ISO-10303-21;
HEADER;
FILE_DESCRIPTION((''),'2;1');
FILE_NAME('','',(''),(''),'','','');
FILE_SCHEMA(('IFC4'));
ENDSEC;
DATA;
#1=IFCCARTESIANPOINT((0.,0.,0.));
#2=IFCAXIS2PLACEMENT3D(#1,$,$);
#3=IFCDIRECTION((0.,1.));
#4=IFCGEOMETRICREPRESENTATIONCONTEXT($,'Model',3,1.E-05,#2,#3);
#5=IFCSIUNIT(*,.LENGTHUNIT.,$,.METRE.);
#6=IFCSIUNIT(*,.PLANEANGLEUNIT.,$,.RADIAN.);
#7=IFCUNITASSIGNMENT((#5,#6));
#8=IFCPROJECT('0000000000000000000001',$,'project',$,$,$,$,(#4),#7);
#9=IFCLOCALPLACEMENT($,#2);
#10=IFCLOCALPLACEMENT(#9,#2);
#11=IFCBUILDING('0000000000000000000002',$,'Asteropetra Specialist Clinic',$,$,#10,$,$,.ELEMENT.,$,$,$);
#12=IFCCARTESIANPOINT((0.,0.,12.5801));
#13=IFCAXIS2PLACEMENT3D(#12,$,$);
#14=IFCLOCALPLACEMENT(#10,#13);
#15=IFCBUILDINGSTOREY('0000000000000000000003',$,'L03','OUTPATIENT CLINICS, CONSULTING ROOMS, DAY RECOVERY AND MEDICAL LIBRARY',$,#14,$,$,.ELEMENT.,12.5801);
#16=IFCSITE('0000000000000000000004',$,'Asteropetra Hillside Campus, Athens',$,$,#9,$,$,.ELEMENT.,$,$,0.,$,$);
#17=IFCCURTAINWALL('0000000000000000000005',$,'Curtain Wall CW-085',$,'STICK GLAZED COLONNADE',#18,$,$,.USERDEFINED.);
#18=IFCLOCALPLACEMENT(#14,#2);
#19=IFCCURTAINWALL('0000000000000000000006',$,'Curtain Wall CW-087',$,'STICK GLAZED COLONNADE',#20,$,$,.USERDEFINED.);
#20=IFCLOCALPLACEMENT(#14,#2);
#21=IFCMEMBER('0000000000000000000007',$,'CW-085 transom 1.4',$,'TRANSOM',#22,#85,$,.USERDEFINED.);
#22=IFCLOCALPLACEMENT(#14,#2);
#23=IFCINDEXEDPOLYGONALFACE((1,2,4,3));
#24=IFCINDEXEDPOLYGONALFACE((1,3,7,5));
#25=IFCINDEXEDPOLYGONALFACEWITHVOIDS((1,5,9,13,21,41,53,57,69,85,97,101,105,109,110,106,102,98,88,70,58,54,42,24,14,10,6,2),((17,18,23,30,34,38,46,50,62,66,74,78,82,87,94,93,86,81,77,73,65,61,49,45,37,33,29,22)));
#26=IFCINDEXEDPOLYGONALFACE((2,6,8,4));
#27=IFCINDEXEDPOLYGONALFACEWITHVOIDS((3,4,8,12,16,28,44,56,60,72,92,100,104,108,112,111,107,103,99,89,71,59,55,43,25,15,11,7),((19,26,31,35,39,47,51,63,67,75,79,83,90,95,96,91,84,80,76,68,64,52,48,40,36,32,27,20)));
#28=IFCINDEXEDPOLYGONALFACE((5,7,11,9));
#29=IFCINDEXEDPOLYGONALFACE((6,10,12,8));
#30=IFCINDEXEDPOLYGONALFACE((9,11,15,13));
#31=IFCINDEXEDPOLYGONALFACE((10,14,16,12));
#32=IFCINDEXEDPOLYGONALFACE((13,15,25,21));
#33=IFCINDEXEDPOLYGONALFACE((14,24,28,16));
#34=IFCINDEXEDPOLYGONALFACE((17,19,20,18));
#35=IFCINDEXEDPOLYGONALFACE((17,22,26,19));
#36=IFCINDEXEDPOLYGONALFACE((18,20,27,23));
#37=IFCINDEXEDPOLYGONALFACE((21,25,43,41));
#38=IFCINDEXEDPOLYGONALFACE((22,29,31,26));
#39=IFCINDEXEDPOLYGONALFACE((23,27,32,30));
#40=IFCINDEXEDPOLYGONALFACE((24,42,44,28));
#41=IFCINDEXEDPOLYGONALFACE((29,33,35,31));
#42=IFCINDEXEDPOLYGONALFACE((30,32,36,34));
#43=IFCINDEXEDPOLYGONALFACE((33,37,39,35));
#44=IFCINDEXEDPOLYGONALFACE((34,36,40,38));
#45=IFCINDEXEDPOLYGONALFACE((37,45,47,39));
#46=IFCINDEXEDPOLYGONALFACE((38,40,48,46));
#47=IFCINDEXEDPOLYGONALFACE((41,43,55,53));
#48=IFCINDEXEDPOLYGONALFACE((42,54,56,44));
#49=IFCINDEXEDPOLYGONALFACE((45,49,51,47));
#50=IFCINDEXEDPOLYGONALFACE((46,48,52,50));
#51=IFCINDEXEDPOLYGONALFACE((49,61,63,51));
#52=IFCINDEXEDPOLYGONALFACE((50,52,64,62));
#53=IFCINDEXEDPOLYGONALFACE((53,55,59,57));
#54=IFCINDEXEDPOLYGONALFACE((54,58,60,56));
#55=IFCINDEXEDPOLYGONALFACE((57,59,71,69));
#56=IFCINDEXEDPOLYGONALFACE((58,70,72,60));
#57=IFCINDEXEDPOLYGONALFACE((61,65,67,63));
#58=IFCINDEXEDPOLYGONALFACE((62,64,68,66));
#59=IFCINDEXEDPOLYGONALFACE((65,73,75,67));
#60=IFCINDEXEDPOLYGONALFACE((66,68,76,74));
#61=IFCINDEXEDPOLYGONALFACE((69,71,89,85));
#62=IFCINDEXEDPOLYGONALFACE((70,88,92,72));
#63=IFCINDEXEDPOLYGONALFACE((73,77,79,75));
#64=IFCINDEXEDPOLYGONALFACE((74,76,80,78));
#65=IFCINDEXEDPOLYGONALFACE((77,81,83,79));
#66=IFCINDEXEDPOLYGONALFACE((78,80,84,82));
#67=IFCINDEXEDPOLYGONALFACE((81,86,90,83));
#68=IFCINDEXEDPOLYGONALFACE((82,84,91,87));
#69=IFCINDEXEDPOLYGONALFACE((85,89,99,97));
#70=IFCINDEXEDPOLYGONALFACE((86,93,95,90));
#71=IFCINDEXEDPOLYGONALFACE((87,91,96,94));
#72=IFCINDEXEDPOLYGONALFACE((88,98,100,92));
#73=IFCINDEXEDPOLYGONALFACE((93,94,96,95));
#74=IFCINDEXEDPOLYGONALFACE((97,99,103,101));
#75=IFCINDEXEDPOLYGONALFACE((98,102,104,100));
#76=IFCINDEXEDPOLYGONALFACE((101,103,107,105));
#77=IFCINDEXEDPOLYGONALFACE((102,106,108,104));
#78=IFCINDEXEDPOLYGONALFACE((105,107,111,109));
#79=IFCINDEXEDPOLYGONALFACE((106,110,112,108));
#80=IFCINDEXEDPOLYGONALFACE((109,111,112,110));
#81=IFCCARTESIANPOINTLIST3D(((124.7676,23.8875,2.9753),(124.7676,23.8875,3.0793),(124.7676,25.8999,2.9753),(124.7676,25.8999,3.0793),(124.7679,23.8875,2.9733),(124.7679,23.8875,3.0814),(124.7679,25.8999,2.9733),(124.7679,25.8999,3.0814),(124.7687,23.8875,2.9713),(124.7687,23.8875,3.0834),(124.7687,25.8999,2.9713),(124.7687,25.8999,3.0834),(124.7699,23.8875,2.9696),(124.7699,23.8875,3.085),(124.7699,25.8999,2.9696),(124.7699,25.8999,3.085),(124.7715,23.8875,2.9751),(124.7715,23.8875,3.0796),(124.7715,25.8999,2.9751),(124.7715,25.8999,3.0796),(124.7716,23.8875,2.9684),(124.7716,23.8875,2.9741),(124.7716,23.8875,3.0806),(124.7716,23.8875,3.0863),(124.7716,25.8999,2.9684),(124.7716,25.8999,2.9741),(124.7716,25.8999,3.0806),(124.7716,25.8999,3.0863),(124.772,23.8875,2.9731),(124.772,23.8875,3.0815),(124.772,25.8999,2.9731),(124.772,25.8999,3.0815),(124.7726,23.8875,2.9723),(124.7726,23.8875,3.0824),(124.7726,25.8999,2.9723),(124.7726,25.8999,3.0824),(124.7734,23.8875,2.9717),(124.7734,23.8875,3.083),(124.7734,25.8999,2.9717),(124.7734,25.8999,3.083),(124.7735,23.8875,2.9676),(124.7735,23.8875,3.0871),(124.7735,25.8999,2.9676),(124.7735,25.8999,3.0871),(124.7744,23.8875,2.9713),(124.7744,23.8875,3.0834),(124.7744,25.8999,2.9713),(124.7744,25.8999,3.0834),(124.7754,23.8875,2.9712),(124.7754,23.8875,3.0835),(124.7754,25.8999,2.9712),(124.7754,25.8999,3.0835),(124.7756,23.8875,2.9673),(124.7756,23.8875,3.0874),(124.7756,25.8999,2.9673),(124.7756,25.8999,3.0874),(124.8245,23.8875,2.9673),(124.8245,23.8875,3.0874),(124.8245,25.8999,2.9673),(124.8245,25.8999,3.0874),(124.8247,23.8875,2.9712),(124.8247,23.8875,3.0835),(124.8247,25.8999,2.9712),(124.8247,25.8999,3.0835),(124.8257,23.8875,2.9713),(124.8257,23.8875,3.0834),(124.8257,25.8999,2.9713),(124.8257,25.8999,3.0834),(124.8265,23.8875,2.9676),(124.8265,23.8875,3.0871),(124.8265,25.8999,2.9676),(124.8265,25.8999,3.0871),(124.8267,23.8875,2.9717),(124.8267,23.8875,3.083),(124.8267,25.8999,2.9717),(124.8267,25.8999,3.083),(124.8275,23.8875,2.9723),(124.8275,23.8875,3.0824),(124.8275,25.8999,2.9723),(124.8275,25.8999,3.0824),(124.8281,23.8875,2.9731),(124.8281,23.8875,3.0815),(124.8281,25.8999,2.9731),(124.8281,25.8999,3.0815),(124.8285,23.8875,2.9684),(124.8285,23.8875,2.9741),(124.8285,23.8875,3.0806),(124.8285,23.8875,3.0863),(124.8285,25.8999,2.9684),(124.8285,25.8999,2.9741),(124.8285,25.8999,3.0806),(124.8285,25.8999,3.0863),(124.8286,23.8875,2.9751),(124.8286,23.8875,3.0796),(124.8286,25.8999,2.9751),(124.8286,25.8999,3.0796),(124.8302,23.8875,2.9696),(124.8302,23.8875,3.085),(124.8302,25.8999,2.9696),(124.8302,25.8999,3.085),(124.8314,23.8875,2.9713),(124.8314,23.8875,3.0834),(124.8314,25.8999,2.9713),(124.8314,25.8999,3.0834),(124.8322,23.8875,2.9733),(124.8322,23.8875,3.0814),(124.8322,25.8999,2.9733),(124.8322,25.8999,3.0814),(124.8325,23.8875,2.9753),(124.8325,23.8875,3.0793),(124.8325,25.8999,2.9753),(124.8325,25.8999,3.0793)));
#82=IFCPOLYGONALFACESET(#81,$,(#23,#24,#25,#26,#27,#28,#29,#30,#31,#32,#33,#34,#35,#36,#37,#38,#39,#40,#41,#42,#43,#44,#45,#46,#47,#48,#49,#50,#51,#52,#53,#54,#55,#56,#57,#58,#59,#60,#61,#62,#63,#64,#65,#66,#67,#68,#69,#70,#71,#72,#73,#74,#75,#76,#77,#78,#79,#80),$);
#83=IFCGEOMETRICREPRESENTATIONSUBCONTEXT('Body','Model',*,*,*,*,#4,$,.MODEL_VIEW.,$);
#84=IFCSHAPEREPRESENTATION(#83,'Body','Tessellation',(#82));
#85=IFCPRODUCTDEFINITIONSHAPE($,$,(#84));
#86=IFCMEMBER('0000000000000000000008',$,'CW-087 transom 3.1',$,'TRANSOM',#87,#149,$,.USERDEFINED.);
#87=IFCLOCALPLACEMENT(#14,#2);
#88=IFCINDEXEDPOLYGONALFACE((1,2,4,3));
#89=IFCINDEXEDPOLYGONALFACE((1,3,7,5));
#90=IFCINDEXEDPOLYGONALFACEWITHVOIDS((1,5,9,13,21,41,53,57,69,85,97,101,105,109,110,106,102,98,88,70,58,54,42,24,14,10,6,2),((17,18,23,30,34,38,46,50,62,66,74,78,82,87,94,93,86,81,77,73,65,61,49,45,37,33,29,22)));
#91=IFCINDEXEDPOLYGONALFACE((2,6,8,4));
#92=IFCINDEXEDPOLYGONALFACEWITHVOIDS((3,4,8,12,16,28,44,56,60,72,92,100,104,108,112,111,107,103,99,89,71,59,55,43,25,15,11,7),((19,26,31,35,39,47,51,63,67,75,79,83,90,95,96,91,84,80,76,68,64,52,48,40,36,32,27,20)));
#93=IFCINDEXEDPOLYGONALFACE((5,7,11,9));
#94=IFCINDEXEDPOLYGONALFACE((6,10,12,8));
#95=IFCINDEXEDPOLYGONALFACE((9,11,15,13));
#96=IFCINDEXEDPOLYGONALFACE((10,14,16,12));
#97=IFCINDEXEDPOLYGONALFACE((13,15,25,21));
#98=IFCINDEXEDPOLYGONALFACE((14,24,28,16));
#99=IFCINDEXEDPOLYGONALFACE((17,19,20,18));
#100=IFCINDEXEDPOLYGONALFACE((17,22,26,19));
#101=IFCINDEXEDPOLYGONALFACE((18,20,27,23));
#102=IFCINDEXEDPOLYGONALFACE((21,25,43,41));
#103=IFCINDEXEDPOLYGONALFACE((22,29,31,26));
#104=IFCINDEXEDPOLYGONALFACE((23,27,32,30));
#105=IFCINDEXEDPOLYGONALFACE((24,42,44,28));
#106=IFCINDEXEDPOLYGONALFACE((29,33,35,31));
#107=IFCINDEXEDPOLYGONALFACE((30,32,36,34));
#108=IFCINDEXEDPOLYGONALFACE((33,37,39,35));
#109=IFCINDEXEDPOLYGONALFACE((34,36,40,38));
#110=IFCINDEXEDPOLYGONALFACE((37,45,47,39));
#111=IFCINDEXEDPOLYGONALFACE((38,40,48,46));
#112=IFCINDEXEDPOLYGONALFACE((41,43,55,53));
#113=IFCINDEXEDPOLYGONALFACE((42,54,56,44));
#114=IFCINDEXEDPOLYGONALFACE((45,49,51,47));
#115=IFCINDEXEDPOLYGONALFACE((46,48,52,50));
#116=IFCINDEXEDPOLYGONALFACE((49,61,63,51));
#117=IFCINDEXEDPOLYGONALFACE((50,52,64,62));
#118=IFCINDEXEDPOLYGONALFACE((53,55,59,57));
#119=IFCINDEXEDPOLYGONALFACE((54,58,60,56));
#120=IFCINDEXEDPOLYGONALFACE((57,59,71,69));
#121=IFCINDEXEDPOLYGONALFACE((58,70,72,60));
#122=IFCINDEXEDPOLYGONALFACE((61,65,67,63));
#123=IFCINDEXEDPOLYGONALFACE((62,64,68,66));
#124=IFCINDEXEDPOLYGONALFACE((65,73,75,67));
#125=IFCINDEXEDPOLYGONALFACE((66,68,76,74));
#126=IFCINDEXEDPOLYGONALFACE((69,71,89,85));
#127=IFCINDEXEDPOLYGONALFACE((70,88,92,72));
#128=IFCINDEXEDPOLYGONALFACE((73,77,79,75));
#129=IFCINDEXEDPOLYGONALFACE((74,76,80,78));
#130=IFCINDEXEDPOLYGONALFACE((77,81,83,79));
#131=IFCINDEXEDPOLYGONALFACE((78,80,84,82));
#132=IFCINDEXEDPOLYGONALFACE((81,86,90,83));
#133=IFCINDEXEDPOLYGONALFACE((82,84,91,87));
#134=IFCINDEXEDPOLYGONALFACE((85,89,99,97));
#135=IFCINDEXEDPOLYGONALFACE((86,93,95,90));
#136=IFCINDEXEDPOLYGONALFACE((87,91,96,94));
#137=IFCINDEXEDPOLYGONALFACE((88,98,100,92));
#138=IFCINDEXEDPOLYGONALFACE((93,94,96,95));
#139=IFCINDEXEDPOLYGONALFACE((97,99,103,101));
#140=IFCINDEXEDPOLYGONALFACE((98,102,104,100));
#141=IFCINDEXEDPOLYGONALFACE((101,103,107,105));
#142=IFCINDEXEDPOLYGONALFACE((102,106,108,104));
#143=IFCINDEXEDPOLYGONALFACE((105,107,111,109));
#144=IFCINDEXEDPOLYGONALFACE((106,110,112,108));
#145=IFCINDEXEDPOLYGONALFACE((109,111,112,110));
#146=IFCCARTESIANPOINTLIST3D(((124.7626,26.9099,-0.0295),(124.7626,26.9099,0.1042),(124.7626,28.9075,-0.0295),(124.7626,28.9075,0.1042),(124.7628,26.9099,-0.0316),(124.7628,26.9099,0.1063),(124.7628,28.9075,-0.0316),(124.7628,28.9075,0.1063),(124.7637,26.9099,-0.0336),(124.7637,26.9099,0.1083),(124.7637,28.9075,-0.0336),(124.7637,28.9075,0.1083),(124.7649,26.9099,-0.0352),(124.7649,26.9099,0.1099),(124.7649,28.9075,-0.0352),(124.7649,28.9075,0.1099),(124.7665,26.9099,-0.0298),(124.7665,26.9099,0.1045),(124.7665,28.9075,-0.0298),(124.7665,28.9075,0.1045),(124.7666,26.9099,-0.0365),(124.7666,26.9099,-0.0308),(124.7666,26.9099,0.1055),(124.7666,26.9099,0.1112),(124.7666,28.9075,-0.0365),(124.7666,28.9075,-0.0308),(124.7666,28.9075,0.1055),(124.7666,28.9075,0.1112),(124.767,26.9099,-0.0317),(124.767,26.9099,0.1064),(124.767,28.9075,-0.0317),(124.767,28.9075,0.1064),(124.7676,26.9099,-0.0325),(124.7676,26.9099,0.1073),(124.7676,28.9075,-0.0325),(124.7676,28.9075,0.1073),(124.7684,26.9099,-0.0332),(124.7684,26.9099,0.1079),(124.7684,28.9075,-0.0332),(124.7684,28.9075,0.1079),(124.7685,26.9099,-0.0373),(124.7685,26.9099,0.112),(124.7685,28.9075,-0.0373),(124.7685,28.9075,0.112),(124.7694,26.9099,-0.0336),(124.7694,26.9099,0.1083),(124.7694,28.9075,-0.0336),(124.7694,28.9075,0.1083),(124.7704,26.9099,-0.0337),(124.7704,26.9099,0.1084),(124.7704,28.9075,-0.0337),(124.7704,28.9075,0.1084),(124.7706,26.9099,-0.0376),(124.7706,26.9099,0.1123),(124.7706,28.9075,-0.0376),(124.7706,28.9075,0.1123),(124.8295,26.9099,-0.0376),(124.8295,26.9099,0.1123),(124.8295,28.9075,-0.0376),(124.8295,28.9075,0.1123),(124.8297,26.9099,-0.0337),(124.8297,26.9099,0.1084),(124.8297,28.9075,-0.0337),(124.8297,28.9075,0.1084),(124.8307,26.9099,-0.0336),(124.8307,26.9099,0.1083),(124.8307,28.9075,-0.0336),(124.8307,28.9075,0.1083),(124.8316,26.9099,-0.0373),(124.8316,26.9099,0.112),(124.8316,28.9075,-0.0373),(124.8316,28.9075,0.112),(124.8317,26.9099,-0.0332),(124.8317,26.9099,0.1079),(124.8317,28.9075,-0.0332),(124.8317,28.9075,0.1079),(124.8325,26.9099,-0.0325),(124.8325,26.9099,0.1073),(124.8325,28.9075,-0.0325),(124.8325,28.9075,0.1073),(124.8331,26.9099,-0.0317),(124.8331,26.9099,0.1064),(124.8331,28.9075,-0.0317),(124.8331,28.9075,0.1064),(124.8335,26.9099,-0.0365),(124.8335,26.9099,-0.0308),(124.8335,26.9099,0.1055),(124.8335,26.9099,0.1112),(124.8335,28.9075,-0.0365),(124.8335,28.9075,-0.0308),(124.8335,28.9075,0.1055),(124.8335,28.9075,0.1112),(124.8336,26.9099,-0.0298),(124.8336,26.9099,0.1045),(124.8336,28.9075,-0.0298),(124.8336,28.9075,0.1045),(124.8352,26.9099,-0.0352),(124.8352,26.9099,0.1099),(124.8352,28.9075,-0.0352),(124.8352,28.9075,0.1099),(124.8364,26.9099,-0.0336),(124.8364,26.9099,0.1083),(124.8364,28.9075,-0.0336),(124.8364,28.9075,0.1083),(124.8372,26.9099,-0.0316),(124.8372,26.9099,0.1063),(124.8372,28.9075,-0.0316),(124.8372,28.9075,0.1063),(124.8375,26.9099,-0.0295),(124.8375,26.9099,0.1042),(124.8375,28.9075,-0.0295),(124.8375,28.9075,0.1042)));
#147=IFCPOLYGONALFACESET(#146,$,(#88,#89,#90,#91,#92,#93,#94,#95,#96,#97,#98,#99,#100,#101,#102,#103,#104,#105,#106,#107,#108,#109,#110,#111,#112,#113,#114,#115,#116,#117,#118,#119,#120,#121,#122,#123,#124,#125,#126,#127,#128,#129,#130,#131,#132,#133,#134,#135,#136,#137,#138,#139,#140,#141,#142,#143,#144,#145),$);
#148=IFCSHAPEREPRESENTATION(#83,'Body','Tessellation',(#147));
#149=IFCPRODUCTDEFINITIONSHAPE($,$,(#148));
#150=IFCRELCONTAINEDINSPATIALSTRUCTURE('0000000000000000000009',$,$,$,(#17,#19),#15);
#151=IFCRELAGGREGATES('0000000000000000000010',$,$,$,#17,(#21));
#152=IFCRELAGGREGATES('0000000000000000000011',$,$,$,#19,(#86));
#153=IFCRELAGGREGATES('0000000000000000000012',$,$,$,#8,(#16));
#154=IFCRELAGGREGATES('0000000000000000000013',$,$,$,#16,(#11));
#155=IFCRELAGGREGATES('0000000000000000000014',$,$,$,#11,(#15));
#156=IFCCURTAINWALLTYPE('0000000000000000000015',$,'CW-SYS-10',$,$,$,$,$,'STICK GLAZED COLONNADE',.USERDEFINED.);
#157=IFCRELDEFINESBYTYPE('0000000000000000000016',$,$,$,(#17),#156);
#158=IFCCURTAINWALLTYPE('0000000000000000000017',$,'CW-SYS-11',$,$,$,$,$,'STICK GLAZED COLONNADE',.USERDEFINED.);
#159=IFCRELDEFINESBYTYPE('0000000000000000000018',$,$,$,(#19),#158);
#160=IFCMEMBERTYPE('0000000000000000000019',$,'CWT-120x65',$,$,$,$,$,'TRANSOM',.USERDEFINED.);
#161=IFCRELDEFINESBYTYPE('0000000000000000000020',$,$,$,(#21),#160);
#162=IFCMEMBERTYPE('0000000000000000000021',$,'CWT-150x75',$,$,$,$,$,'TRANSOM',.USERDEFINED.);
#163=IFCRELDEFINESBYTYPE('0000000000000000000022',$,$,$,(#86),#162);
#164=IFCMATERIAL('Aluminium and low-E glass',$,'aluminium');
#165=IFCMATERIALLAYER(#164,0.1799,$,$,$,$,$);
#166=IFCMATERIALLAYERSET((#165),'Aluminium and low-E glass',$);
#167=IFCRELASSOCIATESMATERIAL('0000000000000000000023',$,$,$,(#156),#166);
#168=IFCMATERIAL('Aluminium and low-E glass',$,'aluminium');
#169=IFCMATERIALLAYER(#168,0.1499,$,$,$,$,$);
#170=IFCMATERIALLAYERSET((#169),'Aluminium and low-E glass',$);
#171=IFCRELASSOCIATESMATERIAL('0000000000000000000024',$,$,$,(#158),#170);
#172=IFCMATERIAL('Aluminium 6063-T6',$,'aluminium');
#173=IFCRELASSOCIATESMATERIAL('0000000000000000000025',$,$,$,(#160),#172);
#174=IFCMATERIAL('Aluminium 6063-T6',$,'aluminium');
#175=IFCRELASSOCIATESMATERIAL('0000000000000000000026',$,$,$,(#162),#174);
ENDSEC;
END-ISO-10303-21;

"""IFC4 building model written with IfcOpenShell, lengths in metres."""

from ifc_helpers import new_model, si_unit, direction, frame, origin, origin_2d, place, context, subcontext, project, spatial, hollow_rectangle, extrude, material, layer, layer_set, material_profile, profile_set, type_object, element, aggregate, save


model = new_model("IFC4")

# Units and contexts
model_context = context("Model", 3, precision=1e-05, world=origin(), true_north=direction((0.0, 1.0)))
body_context = subcontext(model_context, "Body", "Model", "MODEL_VIEW")
ifc_project = project(units=[si_unit("LENGTHUNIT", "METRE"), si_unit("PLANEANGLEUNIT", "RADIAN")], contexts=[model_context])

# Site, building, storey
site_placement = place(None, origin())
site = spatial("IfcSite", under=ifc_project, at=site_placement, Name="Asteropetra Hillside Campus, Athens", CompositionType="ELEMENT", RefElevation=0.0)
building_placement = place(site_placement, origin())
building = spatial("IfcBuilding", under=site, at=building_placement, Name="Asteropetra Specialist Clinic", CompositionType="ELEMENT")
storey_placement = place(building_placement, frame((0.0, 0.0, 12.5801)))
storey = spatial("IfcBuildingStorey", under=building, at=storey_placement, Name="L03", Description="OUTPATIENT CLINICS, CONSULTING ROOMS, DAY RECOVERY AND MEDICAL LIBRARY", CompositionType="ELEMENT", Elevation=12.5801)

# Curtain walls
ifc_material_1 = material(Name="Aluminium and low-E glass", Category="aluminium")
ifc_layer_1 = layer(ifc_material_1, 0.1799)
ifc_layer_set_1 = layer_set([ifc_layer_1], Name="Aluminium and low-E glass")
curtain_wall_type_1 = type_object("IfcCurtainWallType", Name="CW-SYS-10", ElementType="STICK GLAZED COLONNADE", PredefinedType="USERDEFINED", material=ifc_layer_set_1)
curtain_wall_1_placement = place(storey_placement, origin())
curtain_wall_1 = element("IfcCurtainWall", 1, at=curtain_wall_1_placement, inside=storey, type_object=curtain_wall_type_1, Name="Curtain Wall CW-085", ObjectType="STICK GLAZED COLONNADE", PredefinedType="USERDEFINED")
ifc_material_2 = material(Name="Aluminium and low-E glass", Category="aluminium")
ifc_layer_2 = layer(ifc_material_2, 0.1499)
ifc_layer_set_2 = layer_set([ifc_layer_2], Name="Aluminium and low-E glass")
curtain_wall_type_2 = type_object("IfcCurtainWallType", Name="CW-SYS-11", ElementType="STICK GLAZED COLONNADE", PredefinedType="USERDEFINED", material=ifc_layer_set_2)
curtain_wall_2_placement = place(storey_placement, origin())
curtain_wall_2 = element("IfcCurtainWall", 2, at=curtain_wall_2_placement, inside=storey, type_object=curtain_wall_type_2, Name="Curtain Wall CW-087", ObjectType="STICK GLAZED COLONNADE", PredefinedType="USERDEFINED")

# Members
ifc_material_3 = material(Name="Aluminium 6063-T6", Category="aluminium")
ifc_material_profile_1 = material_profile(ifc_material_3, hollow_rectangle(XDim=0.0649, YDim=0.1201, WallThickness=0.0039, InnerFilletRadius=0.0039, OuterFilletRadius=0.0081, at=origin_2d()), Name="TRN 120x65x4.0")
ifc_profile_set_1 = profile_set([ifc_material_profile_1], Name="Aluminium 6063-T6")
member_type_1 = type_object("IfcMemberType", Name="CWT-120x65", ElementType="TRANSOM", PredefinedType="USERDEFINED", material=ifc_profile_set_1)
member_1_placement = place(storey_placement, frame((124.8, 25.8999, 3.0273), z_axis=(0.0, -1.0, 0.0), x_axis=(1.0, 0.0, 0.0)))
member_1 = element("IfcMember", 3, at=member_1_placement, type_object=member_type_1, Name="CW-085 transom 1.4", ObjectType="TRANSOM", PredefinedType="USERDEFINED", context=body_context, shape_type="SweptSolid", body=[
    extrude(hollow_rectangle(XDim=0.0649, YDim=0.1201, WallThickness=0.0039, InnerFilletRadius=0.0039, OuterFilletRadius=0.0081, at=origin_2d()), origin(), (0.0, 0.0, 1.0), 2.0125),
])
ifc_material_4 = material(Name="Aluminium 6063-T6", Category="aluminium")
ifc_material_profile_2 = material_profile(ifc_material_4, hollow_rectangle(XDim=0.075, YDim=0.1499, WallThickness=0.0039, InnerFilletRadius=0.0039, OuterFilletRadius=0.0081, at=origin_2d()), Name="TRN 150x75x4.0")
ifc_profile_set_2 = profile_set([ifc_material_profile_2], Name="Aluminium 6063-T6")
member_type_2 = type_object("IfcMemberType", Name="CWT-150x75", ElementType="TRANSOM", PredefinedType="USERDEFINED", material=ifc_profile_set_2)
member_2_placement = place(storey_placement, frame((124.8, 28.9075, 0.0374), z_axis=(0.0, -1.0, 0.0), x_axis=(1.0, 0.0, 0.0)))
member_2 = element("IfcMember", 4, at=member_2_placement, type_object=member_type_2, Name="CW-087 transom 3.1", ObjectType="TRANSOM", PredefinedType="USERDEFINED", context=body_context, shape_type="SweptSolid", body=[
    extrude(hollow_rectangle(XDim=0.075, YDim=0.1499, WallThickness=0.0039, InnerFilletRadius=0.0039, OuterFilletRadius=0.0081, at=origin_2d()), origin(), (0.0, 0.0, 1.0), 1.9976),
])

aggregate(curtain_wall_1, [member_1])
aggregate(curtain_wall_2, [member_2])

save(model, "model.ifc")
